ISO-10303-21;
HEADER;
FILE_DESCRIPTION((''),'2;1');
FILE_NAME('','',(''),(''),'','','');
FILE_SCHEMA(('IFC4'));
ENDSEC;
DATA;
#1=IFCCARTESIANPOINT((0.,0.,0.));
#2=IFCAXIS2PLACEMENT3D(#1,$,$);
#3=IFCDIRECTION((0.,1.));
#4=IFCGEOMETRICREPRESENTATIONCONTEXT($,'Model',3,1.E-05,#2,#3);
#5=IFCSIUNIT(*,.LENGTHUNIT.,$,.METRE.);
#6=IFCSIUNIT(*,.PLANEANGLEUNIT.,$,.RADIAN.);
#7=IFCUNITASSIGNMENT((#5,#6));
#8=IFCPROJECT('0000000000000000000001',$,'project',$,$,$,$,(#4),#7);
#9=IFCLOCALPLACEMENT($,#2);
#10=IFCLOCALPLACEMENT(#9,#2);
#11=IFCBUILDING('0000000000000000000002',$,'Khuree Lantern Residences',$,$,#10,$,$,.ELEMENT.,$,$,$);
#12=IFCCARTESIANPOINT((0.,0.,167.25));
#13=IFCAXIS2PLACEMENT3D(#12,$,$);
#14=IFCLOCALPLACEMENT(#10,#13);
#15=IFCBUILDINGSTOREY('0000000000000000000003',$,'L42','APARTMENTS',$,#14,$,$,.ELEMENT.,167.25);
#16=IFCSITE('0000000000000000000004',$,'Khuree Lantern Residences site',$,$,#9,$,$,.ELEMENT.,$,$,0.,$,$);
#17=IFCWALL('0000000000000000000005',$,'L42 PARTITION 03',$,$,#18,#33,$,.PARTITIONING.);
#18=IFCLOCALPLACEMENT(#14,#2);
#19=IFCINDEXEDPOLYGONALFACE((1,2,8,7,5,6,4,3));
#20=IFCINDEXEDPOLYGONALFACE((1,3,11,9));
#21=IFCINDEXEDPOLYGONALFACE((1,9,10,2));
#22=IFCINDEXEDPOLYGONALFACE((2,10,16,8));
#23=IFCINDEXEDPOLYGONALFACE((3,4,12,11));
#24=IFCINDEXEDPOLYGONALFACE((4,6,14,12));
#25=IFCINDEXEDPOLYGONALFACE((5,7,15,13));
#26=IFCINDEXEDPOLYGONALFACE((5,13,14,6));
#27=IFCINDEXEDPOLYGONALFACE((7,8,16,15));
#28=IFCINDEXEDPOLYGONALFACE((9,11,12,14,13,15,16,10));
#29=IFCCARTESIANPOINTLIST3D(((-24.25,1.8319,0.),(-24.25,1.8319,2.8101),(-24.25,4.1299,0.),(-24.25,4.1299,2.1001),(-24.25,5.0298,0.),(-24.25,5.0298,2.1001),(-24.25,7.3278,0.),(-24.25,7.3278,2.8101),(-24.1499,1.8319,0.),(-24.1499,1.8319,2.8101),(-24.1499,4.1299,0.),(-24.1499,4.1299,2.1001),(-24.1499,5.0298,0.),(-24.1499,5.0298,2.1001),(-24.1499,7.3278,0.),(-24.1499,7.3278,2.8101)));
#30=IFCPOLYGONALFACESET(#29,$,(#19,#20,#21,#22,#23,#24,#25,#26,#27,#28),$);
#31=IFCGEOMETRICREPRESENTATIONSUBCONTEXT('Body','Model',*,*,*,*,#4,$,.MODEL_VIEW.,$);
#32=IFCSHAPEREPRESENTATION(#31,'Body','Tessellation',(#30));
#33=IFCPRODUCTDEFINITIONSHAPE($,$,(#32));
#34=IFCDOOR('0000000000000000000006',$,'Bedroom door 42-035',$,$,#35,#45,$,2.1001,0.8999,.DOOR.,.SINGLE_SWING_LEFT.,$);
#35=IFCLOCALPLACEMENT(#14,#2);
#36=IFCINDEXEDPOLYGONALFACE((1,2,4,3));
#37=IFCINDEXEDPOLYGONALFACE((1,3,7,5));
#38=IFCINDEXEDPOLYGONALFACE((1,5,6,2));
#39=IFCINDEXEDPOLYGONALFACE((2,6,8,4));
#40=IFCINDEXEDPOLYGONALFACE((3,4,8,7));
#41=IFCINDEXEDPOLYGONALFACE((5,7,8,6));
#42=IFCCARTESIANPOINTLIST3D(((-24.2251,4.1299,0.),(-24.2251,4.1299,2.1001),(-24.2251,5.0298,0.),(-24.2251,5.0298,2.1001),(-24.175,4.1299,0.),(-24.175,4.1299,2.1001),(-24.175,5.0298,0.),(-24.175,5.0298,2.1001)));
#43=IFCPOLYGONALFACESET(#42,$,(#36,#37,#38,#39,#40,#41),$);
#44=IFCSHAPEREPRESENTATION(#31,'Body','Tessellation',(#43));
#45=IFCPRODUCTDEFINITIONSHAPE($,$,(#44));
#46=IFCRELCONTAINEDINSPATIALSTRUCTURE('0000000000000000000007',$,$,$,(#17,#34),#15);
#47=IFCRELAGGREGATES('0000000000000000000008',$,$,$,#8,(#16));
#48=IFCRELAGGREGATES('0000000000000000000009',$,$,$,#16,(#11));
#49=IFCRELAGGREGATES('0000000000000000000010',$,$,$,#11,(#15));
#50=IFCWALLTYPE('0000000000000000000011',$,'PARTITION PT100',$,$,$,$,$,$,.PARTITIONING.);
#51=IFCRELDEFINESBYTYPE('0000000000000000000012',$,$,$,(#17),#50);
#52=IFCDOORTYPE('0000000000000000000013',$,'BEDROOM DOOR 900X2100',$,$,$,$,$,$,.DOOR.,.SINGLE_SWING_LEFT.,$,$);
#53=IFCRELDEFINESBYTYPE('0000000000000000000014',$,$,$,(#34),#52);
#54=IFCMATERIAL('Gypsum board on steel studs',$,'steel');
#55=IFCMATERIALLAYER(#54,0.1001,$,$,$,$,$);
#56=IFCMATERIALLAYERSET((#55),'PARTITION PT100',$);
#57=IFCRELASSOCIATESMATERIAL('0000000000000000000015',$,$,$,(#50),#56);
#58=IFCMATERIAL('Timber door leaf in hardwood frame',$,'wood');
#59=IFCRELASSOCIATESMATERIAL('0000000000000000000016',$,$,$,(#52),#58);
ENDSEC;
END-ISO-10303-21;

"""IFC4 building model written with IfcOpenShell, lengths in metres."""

from ifc_helpers import new_model, si_unit, direction, frame, frame_2d, origin, place, context, subcontext, project, spatial, rectangle, extrude, material, layer, layer_set, type_object, element, fill, save


model = new_model("IFC4")

# Units and contexts
model_context = context("Model", 3, precision=1e-05, world=origin(), true_north=direction((0.0, 1.0)))
body_context = subcontext(model_context, "Body", "Model", "MODEL_VIEW")
ifc_project = project(units=[si_unit("LENGTHUNIT", "METRE"), si_unit("PLANEANGLEUNIT", "RADIAN")], contexts=[model_context])

# Site, building, storey
site_placement = place(None, origin())
site = spatial("IfcSite", under=ifc_project, at=site_placement, Name="Khuree Lantern Residences site", CompositionType="ELEMENT", RefElevation=0.0)
building_placement = place(site_placement, origin())
building = spatial("IfcBuilding", under=site, at=building_placement, Name="Khuree Lantern Residences", CompositionType="ELEMENT")
storey_placement = place(building_placement, frame((0.0, 0.0, 167.25)))
storey = spatial("IfcBuildingStorey", under=building, at=storey_placement, Name="L42", Description="APARTMENTS", CompositionType="ELEMENT", Elevation=167.25)

# Shared definitions
ifc_material_1 = material(Name="Timber door leaf in hardwood frame", Category="wood")

# Shared definitions
ifc_material_2 = material(Name="Gypsum board on steel studs", Category="steel")
ifc_layer_1 = layer(ifc_material_2, 0.1001)
ifc_layer_set_1 = layer_set([ifc_layer_1], Name="PARTITION PT100")
wall_type_1 = type_object("IfcWallType", Name="PARTITION PT100", PredefinedType="PARTITIONING", material=ifc_layer_set_1)

# Wall, opening, door
door_type_1 = type_object("IfcDoorType", Name="BEDROOM DOOR 900X2100", OperationType="SINGLE_SWING_LEFT", PredefinedType="DOOR", material=ifc_material_1)
wall_1_placement = place(storey_placement, frame((-24.2, 7.3279, 0.0), z_axis=(0.0, 0.0, 1.0), x_axis=(0.0, -1.0, 0.0)))
wall_1 = element("IfcWall", 1, at=wall_1_placement, inside=storey, type_object=wall_type_1, Name="L42 PARTITION 03", PredefinedType="PARTITIONING", context=body_context, shape_type="SweptSolid", body=[
    extrude(rectangle(XDim=5.4958, YDim=0.1001, at=frame_2d((2.748, 0.0))), origin(), (0.0, 0.0, 1.0), 2.8101),
])
opening_1_placement = place(wall_1_placement, frame((2.2981, 0.0, 0.0)))
opening_1 = element("IfcOpeningElement", 2, at=opening_1_placement, cuts=wall_1, PredefinedType="OPENING", context=body_context, shape_type="SweptSolid", body=[
    extrude(rectangle(XDim=0.8999, YDim=2.1001, at=frame_2d((0.45, 1.05))), frame((0.0, 0.0601, 0.0), z_axis=(0.0, -1.0, 0.0), x_axis=(1.0, 0.0, 0.0)), (0.0, 0.0, 1.0), 0.1201),
])
door_1_placement = place(opening_1_placement, origin())
door_1 = element("IfcDoor", 3, at=door_1_placement, inside=storey, type_object=door_type_1, Name="Bedroom door 42-035", OperationType="SINGLE_SWING_LEFT", OverallHeight=2.1001, OverallWidth=0.8999, PredefinedType="DOOR", context=body_context, shape_type="SweptSolid", body=[
    extrude(rectangle(XDim=0.8999, YDim=2.1001, at=frame_2d((0.45, 1.05))), frame((0.0, 0.0249, 0.0), z_axis=(0.0, -1.0, 0.0), x_axis=(1.0, 0.0, 0.0)), (0.0, 0.0, 1.0), 0.05),
])
fill(opening_1, door_1)

save(model, "model.ifc")
